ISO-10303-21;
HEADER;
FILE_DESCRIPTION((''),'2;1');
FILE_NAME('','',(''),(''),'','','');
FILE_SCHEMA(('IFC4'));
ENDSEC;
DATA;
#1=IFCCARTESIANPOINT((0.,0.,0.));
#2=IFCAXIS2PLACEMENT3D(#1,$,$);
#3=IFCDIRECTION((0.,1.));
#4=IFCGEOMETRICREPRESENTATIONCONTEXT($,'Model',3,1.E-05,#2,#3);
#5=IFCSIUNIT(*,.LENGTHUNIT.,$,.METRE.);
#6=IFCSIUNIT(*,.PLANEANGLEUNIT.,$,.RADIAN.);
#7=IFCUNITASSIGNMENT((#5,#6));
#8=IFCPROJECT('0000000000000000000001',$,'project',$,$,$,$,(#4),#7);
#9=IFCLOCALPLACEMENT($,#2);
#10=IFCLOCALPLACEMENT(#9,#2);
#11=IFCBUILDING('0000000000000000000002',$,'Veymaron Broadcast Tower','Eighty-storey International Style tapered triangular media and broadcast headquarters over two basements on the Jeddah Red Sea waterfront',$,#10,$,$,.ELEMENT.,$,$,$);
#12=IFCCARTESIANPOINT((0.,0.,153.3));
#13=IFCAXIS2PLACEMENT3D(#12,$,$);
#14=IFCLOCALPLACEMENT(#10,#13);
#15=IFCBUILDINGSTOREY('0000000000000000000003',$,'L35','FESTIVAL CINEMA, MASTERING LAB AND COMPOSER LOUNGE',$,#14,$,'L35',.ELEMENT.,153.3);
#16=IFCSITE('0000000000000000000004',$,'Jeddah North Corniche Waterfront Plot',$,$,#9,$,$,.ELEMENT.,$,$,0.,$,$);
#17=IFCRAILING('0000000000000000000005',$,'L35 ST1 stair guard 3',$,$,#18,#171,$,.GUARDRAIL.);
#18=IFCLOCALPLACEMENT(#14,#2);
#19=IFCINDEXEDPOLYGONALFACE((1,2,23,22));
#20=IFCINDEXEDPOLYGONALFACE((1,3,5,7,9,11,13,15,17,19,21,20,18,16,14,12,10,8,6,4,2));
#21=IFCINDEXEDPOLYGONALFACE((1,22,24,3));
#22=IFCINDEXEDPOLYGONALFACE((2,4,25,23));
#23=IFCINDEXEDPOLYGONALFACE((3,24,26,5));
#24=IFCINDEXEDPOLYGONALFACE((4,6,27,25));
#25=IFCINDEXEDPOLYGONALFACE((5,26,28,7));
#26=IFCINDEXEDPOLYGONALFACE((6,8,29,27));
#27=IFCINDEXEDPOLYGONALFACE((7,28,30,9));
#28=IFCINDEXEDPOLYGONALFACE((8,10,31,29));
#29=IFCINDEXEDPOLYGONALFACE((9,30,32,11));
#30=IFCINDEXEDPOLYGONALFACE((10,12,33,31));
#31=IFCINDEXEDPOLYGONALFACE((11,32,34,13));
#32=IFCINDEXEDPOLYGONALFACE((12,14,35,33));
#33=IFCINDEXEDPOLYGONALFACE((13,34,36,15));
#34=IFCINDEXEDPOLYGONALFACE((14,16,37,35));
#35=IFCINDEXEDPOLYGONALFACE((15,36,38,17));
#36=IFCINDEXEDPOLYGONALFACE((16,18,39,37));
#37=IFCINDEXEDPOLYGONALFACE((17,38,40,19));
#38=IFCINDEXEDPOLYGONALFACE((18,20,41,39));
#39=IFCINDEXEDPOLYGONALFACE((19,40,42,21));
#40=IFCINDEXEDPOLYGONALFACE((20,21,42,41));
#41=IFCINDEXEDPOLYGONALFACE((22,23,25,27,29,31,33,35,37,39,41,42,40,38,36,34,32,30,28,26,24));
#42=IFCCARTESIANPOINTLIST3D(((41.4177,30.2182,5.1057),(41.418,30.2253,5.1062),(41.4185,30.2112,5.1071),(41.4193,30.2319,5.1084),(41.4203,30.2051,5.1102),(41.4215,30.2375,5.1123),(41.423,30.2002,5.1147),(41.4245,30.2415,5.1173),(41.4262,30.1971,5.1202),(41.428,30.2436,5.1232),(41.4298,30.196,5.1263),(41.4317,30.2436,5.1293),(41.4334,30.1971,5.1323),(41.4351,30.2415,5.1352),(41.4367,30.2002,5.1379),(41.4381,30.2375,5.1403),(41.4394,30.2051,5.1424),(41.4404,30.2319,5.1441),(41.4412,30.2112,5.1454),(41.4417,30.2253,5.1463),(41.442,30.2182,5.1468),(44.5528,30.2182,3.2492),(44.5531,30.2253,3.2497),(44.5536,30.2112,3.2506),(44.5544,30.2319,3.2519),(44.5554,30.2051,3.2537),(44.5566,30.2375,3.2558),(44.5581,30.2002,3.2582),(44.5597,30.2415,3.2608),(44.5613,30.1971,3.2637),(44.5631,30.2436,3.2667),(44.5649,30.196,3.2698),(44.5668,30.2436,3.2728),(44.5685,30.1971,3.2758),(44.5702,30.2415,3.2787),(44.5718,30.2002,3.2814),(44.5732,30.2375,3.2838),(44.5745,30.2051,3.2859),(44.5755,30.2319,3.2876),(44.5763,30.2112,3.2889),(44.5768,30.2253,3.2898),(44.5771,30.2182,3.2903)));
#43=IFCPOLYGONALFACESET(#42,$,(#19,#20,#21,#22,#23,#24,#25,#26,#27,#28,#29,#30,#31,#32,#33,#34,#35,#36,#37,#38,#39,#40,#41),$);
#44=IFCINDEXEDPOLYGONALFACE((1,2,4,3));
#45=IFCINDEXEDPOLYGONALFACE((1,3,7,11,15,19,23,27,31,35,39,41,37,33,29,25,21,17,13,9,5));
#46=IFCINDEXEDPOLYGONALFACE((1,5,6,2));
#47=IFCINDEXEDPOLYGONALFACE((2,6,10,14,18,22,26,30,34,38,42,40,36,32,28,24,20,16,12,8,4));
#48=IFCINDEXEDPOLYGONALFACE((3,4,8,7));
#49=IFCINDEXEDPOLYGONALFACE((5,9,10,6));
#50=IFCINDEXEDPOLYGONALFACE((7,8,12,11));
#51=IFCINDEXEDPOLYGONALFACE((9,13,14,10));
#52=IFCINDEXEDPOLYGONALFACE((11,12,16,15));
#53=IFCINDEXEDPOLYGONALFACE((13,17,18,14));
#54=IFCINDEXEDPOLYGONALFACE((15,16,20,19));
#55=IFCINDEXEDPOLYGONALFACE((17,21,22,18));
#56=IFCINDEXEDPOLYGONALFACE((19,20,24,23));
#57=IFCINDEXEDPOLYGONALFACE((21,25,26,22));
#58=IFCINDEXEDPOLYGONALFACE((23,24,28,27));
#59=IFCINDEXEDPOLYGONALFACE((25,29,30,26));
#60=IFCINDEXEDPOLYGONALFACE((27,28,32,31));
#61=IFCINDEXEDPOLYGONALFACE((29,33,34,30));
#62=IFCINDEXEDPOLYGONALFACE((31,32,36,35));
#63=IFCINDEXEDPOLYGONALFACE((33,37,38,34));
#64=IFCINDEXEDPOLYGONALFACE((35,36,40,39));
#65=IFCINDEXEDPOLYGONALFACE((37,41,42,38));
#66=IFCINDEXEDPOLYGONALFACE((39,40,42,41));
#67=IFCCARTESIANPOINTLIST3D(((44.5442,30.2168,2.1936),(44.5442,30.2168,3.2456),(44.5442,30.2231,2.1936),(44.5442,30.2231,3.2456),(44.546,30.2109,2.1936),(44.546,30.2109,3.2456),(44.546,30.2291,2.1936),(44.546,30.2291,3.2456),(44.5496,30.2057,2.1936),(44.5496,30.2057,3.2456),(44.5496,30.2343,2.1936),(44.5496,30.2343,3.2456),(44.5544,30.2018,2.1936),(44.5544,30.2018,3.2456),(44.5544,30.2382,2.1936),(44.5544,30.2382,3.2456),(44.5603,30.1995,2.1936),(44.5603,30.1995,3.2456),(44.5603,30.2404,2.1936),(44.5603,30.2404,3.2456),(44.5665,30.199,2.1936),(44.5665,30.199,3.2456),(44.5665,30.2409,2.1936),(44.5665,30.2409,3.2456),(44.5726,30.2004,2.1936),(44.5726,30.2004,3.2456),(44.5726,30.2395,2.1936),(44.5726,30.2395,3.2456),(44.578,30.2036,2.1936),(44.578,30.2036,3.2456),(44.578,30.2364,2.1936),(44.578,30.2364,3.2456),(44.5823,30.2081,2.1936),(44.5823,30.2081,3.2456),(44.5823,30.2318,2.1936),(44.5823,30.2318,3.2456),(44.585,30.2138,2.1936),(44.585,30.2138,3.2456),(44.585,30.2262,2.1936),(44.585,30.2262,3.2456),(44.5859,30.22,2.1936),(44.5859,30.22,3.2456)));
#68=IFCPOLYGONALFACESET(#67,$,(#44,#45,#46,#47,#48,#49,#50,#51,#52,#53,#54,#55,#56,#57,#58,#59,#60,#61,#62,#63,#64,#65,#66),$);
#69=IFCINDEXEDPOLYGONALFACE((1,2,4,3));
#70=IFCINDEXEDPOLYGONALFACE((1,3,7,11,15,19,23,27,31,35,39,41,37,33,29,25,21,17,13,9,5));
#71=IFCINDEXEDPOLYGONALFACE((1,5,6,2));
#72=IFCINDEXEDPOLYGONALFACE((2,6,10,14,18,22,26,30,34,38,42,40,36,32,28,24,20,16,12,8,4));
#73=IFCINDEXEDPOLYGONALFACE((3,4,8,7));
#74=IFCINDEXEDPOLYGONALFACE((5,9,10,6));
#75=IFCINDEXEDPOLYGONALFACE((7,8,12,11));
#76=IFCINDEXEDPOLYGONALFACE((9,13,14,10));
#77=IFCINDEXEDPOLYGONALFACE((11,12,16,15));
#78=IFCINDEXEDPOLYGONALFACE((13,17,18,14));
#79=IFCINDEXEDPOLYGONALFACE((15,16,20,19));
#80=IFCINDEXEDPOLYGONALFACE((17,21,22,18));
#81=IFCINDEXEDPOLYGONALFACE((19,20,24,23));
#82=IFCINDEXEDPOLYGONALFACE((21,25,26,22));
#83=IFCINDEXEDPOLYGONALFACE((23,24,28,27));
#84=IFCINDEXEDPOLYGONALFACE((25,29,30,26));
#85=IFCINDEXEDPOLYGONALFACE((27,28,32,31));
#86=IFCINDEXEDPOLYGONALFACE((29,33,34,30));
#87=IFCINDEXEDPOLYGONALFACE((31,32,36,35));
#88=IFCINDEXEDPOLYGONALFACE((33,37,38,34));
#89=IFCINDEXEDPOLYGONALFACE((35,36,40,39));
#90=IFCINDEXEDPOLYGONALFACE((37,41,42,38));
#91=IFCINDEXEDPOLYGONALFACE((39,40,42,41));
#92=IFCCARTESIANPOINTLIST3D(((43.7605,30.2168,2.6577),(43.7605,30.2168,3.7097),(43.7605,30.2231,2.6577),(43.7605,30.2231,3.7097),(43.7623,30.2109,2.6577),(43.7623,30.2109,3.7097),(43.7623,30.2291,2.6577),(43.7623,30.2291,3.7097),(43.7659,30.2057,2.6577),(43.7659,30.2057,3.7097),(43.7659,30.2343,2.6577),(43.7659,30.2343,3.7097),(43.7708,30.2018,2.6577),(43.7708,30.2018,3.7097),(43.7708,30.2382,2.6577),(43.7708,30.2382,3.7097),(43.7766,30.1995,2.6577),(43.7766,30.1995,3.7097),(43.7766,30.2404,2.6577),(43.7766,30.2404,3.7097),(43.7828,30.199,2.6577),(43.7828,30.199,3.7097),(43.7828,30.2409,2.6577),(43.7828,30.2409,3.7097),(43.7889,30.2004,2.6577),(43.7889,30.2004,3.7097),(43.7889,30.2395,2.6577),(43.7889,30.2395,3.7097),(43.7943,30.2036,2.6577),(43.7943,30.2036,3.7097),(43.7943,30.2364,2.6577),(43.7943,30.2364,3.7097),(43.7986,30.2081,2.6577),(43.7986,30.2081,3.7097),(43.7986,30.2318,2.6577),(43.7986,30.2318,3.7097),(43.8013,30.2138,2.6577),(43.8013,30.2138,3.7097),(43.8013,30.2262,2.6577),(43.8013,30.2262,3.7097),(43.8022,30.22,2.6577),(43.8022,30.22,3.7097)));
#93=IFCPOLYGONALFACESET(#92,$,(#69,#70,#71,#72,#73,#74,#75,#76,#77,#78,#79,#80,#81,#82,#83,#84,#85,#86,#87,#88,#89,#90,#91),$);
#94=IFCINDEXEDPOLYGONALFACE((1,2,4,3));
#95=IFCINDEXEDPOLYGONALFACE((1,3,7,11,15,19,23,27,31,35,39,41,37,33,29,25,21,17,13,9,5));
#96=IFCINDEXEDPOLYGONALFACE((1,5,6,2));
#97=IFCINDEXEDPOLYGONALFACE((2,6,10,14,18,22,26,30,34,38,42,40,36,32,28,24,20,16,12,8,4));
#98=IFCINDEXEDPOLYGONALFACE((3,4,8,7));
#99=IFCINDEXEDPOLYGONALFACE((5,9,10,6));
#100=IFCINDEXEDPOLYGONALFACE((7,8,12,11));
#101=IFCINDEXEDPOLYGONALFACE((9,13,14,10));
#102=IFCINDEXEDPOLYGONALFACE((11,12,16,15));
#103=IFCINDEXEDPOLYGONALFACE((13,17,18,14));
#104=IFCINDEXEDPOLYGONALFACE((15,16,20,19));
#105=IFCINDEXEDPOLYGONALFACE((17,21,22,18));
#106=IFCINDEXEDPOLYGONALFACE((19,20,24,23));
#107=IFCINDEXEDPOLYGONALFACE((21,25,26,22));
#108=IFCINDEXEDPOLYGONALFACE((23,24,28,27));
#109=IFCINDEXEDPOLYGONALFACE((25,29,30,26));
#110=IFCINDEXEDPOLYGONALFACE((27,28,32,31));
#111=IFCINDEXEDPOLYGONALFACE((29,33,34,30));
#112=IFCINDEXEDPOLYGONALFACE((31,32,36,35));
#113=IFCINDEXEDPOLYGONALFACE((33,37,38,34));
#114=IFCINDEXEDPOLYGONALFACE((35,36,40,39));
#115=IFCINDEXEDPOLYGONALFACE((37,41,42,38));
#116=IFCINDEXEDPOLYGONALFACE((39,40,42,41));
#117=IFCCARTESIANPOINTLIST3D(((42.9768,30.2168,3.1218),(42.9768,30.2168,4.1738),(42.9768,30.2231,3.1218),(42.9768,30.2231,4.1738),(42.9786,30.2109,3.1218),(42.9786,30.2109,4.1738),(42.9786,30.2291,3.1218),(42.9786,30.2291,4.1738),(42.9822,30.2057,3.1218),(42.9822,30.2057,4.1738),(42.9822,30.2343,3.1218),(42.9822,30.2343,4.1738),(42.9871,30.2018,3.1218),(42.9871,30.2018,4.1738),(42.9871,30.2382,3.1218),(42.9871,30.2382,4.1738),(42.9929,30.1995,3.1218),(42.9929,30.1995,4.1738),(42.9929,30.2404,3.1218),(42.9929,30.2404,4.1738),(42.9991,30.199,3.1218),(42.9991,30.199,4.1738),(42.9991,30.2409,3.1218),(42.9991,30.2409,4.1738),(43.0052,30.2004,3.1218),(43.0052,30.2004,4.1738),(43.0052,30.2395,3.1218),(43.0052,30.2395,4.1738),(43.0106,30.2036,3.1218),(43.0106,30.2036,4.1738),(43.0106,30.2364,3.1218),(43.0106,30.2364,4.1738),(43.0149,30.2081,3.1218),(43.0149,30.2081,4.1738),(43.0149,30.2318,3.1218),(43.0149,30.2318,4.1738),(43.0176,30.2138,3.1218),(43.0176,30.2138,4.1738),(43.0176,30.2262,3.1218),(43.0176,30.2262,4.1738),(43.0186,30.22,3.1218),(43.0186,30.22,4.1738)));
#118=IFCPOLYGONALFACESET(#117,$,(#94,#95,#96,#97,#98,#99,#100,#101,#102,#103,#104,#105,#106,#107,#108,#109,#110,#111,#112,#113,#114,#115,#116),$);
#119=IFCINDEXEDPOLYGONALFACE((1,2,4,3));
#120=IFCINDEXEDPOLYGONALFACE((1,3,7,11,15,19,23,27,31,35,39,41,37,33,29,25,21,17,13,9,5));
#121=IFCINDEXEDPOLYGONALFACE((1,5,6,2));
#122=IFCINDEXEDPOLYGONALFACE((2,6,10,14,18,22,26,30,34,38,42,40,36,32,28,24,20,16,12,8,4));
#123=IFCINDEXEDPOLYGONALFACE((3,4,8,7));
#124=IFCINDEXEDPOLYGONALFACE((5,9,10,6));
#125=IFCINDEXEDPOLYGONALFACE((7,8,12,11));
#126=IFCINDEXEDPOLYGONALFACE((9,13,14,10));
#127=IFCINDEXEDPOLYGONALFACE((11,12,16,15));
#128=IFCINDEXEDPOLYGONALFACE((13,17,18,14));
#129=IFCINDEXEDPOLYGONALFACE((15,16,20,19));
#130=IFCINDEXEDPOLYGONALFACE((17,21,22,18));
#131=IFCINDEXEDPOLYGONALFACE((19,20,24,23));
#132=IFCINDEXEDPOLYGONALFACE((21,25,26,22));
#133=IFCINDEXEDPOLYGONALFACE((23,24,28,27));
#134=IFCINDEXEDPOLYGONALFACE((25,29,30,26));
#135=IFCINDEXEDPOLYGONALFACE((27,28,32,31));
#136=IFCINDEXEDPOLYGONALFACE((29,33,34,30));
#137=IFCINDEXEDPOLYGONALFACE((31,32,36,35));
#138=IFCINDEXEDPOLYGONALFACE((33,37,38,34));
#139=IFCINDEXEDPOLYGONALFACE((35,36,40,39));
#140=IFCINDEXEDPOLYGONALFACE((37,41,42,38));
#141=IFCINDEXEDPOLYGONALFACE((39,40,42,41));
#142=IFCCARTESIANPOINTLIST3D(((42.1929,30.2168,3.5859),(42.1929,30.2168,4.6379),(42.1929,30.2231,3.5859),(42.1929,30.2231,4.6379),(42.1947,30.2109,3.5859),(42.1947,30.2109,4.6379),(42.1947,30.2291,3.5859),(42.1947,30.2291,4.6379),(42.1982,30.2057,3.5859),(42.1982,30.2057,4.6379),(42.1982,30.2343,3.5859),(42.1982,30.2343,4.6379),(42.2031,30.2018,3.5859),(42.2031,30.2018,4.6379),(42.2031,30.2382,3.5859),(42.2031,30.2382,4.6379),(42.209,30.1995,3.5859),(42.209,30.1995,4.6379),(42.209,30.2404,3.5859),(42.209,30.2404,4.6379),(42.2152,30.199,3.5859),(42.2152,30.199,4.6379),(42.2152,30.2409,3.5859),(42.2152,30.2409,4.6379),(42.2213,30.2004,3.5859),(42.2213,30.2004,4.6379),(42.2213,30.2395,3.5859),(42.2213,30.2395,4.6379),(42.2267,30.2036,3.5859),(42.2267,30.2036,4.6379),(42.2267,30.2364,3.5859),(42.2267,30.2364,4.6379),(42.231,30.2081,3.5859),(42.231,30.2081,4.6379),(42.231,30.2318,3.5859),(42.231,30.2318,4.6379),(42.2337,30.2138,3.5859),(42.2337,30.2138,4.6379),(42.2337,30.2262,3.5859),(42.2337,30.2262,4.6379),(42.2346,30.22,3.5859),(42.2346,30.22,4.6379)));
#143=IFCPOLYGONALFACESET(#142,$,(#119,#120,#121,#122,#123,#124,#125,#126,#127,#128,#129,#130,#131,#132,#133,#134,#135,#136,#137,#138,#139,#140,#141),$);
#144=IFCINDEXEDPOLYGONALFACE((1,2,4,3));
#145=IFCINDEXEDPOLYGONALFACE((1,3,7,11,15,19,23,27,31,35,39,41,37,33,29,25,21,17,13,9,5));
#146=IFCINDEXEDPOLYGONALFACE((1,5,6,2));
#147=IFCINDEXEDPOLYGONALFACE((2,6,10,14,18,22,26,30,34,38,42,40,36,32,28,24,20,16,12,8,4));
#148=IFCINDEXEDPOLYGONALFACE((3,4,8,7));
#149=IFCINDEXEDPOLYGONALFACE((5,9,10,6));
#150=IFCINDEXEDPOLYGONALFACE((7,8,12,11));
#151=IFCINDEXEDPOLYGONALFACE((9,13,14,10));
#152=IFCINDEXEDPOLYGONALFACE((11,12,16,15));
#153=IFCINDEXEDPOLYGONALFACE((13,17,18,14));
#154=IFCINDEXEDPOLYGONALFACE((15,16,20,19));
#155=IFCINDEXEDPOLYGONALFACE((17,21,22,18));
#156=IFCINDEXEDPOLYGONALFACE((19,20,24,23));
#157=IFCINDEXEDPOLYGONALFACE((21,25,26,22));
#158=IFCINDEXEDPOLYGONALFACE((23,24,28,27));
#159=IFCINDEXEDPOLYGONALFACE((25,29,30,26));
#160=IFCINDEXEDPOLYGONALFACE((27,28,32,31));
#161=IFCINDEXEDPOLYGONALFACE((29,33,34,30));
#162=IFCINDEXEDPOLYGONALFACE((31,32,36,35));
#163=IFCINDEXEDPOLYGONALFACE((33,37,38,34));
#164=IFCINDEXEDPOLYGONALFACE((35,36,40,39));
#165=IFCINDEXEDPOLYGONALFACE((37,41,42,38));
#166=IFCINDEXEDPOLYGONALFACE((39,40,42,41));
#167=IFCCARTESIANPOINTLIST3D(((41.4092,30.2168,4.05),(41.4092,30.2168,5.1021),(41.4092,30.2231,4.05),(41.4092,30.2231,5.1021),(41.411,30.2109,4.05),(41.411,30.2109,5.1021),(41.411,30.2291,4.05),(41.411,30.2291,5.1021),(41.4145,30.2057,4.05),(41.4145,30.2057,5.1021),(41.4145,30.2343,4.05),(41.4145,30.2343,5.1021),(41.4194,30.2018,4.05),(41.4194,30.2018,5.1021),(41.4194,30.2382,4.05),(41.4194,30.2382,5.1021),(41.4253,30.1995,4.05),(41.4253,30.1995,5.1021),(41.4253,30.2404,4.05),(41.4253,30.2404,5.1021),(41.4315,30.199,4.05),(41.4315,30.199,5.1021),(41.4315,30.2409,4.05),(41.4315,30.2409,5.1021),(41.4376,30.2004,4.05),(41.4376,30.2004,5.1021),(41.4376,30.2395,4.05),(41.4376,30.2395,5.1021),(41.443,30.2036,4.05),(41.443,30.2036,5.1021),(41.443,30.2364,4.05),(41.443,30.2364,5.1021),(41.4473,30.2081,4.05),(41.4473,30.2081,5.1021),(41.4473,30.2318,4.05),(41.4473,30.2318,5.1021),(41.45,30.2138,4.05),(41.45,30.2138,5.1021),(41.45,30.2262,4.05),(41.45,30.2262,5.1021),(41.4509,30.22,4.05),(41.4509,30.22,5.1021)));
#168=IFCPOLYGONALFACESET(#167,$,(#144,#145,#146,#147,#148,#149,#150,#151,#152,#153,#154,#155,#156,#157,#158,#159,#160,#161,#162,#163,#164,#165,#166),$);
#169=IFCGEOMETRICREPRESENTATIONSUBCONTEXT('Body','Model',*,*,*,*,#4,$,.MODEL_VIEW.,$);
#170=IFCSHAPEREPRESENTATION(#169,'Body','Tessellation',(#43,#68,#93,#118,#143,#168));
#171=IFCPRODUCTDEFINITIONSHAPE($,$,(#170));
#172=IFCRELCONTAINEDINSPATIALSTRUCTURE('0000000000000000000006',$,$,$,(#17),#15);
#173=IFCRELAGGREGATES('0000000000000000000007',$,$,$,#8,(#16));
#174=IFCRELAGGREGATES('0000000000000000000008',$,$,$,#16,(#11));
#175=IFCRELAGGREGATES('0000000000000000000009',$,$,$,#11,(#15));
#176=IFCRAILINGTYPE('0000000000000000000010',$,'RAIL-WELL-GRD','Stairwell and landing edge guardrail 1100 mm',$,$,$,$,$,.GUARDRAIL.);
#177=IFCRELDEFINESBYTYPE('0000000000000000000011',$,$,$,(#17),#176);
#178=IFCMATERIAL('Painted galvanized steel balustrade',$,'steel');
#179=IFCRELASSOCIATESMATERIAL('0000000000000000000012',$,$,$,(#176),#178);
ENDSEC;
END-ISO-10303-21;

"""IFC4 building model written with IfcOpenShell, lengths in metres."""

from ifc_helpers import new_model, si_unit, direction, frame, origin, origin_2d, place, context, subcontext, project, spatial, circle, extrude, material, type_object, element, save


model = new_model("IFC4")

# Units and contexts
model_context = context("Model", 3, precision=1e-05, world=origin(), true_north=direction((0.0, 1.0)))
body_context = subcontext(model_context, "Body", "Model", "MODEL_VIEW")
ifc_project = project(units=[si_unit("LENGTHUNIT", "METRE"), si_unit("PLANEANGLEUNIT", "RADIAN")], contexts=[model_context])

# Site, building, storey
site_placement = place(None, origin())
site = spatial("IfcSite", under=ifc_project, at=site_placement, Name="Jeddah North Corniche Waterfront Plot", CompositionType="ELEMENT", RefElevation=0.0)
building_placement = place(site_placement, origin())
building = spatial("IfcBuilding", under=site, at=building_placement, Name="Veymaron Broadcast Tower", Description="Eighty-storey International Style tapered triangular media and broadcast headquarters over two basements on the Jeddah Red Sea waterfront", CompositionType="ELEMENT")
storey_placement = place(building_placement, frame((0.0, 0.0, 153.3)))
storey = spatial("IfcBuildingStorey", under=building, at=storey_placement, Name="L35", Description="FESTIVAL CINEMA, MASTERING LAB AND COMPOSER LOUNGE", LongName="L35", CompositionType="ELEMENT", Elevation=153.3)

# Railing
ifc_material_1 = material(Name="Painted galvanized steel balustrade", Category="steel")
railing_type_1 = type_object("IfcRailingType", Name="RAIL-WELL-GRD", Description="Stairwell and landing edge guardrail 1100 mm", PredefinedType="GUARDRAIL", material=ifc_material_1)
railing_1_placement = place(storey_placement, frame((44.5649, 30.22, 2.1936)))
element("IfcRailing", 1, at=railing_1_placement, inside=storey, type_object=railing_type_1, Name="L35 ST1 stair guard 3", PredefinedType="GUARDRAIL", context=body_context, shape_type="SweptSolid", body=[
    extrude(circle(Radius=0.0239, at=origin_2d()), frame((0.0, 0.0, 1.0762), z_axis=(-0.860453, 0.0, 0.509531), x_axis=(0.0, -1.0, 0.0)), (0.0, 0.0, 1.0), 3.6436),
    extrude(circle(Radius=0.021, at=origin_2d()), origin(), (0.0, 0.0, 1.0), 1.052),
    extrude(circle(Radius=0.021, at=origin_2d()), frame((-0.7837, 0.0, 0.4641)), (0.0, 0.0, 1.0), 1.052),
    extrude(circle(Radius=0.021, at=origin_2d()), frame((-1.5674, 0.0, 0.9282)), (0.0, 0.0, 1.0), 1.052),
    extrude(circle(Radius=0.021, at=origin_2d()), frame((-2.3513, 0.0, 1.3923)), (0.0, 0.0, 1.0), 1.052),
    extrude(circle(Radius=0.021, at=origin_2d()), frame((-3.135, 0.0, 1.8564)), (0.0, 0.0, 1.0), 1.052),
])

save(model, "model.ifc")
